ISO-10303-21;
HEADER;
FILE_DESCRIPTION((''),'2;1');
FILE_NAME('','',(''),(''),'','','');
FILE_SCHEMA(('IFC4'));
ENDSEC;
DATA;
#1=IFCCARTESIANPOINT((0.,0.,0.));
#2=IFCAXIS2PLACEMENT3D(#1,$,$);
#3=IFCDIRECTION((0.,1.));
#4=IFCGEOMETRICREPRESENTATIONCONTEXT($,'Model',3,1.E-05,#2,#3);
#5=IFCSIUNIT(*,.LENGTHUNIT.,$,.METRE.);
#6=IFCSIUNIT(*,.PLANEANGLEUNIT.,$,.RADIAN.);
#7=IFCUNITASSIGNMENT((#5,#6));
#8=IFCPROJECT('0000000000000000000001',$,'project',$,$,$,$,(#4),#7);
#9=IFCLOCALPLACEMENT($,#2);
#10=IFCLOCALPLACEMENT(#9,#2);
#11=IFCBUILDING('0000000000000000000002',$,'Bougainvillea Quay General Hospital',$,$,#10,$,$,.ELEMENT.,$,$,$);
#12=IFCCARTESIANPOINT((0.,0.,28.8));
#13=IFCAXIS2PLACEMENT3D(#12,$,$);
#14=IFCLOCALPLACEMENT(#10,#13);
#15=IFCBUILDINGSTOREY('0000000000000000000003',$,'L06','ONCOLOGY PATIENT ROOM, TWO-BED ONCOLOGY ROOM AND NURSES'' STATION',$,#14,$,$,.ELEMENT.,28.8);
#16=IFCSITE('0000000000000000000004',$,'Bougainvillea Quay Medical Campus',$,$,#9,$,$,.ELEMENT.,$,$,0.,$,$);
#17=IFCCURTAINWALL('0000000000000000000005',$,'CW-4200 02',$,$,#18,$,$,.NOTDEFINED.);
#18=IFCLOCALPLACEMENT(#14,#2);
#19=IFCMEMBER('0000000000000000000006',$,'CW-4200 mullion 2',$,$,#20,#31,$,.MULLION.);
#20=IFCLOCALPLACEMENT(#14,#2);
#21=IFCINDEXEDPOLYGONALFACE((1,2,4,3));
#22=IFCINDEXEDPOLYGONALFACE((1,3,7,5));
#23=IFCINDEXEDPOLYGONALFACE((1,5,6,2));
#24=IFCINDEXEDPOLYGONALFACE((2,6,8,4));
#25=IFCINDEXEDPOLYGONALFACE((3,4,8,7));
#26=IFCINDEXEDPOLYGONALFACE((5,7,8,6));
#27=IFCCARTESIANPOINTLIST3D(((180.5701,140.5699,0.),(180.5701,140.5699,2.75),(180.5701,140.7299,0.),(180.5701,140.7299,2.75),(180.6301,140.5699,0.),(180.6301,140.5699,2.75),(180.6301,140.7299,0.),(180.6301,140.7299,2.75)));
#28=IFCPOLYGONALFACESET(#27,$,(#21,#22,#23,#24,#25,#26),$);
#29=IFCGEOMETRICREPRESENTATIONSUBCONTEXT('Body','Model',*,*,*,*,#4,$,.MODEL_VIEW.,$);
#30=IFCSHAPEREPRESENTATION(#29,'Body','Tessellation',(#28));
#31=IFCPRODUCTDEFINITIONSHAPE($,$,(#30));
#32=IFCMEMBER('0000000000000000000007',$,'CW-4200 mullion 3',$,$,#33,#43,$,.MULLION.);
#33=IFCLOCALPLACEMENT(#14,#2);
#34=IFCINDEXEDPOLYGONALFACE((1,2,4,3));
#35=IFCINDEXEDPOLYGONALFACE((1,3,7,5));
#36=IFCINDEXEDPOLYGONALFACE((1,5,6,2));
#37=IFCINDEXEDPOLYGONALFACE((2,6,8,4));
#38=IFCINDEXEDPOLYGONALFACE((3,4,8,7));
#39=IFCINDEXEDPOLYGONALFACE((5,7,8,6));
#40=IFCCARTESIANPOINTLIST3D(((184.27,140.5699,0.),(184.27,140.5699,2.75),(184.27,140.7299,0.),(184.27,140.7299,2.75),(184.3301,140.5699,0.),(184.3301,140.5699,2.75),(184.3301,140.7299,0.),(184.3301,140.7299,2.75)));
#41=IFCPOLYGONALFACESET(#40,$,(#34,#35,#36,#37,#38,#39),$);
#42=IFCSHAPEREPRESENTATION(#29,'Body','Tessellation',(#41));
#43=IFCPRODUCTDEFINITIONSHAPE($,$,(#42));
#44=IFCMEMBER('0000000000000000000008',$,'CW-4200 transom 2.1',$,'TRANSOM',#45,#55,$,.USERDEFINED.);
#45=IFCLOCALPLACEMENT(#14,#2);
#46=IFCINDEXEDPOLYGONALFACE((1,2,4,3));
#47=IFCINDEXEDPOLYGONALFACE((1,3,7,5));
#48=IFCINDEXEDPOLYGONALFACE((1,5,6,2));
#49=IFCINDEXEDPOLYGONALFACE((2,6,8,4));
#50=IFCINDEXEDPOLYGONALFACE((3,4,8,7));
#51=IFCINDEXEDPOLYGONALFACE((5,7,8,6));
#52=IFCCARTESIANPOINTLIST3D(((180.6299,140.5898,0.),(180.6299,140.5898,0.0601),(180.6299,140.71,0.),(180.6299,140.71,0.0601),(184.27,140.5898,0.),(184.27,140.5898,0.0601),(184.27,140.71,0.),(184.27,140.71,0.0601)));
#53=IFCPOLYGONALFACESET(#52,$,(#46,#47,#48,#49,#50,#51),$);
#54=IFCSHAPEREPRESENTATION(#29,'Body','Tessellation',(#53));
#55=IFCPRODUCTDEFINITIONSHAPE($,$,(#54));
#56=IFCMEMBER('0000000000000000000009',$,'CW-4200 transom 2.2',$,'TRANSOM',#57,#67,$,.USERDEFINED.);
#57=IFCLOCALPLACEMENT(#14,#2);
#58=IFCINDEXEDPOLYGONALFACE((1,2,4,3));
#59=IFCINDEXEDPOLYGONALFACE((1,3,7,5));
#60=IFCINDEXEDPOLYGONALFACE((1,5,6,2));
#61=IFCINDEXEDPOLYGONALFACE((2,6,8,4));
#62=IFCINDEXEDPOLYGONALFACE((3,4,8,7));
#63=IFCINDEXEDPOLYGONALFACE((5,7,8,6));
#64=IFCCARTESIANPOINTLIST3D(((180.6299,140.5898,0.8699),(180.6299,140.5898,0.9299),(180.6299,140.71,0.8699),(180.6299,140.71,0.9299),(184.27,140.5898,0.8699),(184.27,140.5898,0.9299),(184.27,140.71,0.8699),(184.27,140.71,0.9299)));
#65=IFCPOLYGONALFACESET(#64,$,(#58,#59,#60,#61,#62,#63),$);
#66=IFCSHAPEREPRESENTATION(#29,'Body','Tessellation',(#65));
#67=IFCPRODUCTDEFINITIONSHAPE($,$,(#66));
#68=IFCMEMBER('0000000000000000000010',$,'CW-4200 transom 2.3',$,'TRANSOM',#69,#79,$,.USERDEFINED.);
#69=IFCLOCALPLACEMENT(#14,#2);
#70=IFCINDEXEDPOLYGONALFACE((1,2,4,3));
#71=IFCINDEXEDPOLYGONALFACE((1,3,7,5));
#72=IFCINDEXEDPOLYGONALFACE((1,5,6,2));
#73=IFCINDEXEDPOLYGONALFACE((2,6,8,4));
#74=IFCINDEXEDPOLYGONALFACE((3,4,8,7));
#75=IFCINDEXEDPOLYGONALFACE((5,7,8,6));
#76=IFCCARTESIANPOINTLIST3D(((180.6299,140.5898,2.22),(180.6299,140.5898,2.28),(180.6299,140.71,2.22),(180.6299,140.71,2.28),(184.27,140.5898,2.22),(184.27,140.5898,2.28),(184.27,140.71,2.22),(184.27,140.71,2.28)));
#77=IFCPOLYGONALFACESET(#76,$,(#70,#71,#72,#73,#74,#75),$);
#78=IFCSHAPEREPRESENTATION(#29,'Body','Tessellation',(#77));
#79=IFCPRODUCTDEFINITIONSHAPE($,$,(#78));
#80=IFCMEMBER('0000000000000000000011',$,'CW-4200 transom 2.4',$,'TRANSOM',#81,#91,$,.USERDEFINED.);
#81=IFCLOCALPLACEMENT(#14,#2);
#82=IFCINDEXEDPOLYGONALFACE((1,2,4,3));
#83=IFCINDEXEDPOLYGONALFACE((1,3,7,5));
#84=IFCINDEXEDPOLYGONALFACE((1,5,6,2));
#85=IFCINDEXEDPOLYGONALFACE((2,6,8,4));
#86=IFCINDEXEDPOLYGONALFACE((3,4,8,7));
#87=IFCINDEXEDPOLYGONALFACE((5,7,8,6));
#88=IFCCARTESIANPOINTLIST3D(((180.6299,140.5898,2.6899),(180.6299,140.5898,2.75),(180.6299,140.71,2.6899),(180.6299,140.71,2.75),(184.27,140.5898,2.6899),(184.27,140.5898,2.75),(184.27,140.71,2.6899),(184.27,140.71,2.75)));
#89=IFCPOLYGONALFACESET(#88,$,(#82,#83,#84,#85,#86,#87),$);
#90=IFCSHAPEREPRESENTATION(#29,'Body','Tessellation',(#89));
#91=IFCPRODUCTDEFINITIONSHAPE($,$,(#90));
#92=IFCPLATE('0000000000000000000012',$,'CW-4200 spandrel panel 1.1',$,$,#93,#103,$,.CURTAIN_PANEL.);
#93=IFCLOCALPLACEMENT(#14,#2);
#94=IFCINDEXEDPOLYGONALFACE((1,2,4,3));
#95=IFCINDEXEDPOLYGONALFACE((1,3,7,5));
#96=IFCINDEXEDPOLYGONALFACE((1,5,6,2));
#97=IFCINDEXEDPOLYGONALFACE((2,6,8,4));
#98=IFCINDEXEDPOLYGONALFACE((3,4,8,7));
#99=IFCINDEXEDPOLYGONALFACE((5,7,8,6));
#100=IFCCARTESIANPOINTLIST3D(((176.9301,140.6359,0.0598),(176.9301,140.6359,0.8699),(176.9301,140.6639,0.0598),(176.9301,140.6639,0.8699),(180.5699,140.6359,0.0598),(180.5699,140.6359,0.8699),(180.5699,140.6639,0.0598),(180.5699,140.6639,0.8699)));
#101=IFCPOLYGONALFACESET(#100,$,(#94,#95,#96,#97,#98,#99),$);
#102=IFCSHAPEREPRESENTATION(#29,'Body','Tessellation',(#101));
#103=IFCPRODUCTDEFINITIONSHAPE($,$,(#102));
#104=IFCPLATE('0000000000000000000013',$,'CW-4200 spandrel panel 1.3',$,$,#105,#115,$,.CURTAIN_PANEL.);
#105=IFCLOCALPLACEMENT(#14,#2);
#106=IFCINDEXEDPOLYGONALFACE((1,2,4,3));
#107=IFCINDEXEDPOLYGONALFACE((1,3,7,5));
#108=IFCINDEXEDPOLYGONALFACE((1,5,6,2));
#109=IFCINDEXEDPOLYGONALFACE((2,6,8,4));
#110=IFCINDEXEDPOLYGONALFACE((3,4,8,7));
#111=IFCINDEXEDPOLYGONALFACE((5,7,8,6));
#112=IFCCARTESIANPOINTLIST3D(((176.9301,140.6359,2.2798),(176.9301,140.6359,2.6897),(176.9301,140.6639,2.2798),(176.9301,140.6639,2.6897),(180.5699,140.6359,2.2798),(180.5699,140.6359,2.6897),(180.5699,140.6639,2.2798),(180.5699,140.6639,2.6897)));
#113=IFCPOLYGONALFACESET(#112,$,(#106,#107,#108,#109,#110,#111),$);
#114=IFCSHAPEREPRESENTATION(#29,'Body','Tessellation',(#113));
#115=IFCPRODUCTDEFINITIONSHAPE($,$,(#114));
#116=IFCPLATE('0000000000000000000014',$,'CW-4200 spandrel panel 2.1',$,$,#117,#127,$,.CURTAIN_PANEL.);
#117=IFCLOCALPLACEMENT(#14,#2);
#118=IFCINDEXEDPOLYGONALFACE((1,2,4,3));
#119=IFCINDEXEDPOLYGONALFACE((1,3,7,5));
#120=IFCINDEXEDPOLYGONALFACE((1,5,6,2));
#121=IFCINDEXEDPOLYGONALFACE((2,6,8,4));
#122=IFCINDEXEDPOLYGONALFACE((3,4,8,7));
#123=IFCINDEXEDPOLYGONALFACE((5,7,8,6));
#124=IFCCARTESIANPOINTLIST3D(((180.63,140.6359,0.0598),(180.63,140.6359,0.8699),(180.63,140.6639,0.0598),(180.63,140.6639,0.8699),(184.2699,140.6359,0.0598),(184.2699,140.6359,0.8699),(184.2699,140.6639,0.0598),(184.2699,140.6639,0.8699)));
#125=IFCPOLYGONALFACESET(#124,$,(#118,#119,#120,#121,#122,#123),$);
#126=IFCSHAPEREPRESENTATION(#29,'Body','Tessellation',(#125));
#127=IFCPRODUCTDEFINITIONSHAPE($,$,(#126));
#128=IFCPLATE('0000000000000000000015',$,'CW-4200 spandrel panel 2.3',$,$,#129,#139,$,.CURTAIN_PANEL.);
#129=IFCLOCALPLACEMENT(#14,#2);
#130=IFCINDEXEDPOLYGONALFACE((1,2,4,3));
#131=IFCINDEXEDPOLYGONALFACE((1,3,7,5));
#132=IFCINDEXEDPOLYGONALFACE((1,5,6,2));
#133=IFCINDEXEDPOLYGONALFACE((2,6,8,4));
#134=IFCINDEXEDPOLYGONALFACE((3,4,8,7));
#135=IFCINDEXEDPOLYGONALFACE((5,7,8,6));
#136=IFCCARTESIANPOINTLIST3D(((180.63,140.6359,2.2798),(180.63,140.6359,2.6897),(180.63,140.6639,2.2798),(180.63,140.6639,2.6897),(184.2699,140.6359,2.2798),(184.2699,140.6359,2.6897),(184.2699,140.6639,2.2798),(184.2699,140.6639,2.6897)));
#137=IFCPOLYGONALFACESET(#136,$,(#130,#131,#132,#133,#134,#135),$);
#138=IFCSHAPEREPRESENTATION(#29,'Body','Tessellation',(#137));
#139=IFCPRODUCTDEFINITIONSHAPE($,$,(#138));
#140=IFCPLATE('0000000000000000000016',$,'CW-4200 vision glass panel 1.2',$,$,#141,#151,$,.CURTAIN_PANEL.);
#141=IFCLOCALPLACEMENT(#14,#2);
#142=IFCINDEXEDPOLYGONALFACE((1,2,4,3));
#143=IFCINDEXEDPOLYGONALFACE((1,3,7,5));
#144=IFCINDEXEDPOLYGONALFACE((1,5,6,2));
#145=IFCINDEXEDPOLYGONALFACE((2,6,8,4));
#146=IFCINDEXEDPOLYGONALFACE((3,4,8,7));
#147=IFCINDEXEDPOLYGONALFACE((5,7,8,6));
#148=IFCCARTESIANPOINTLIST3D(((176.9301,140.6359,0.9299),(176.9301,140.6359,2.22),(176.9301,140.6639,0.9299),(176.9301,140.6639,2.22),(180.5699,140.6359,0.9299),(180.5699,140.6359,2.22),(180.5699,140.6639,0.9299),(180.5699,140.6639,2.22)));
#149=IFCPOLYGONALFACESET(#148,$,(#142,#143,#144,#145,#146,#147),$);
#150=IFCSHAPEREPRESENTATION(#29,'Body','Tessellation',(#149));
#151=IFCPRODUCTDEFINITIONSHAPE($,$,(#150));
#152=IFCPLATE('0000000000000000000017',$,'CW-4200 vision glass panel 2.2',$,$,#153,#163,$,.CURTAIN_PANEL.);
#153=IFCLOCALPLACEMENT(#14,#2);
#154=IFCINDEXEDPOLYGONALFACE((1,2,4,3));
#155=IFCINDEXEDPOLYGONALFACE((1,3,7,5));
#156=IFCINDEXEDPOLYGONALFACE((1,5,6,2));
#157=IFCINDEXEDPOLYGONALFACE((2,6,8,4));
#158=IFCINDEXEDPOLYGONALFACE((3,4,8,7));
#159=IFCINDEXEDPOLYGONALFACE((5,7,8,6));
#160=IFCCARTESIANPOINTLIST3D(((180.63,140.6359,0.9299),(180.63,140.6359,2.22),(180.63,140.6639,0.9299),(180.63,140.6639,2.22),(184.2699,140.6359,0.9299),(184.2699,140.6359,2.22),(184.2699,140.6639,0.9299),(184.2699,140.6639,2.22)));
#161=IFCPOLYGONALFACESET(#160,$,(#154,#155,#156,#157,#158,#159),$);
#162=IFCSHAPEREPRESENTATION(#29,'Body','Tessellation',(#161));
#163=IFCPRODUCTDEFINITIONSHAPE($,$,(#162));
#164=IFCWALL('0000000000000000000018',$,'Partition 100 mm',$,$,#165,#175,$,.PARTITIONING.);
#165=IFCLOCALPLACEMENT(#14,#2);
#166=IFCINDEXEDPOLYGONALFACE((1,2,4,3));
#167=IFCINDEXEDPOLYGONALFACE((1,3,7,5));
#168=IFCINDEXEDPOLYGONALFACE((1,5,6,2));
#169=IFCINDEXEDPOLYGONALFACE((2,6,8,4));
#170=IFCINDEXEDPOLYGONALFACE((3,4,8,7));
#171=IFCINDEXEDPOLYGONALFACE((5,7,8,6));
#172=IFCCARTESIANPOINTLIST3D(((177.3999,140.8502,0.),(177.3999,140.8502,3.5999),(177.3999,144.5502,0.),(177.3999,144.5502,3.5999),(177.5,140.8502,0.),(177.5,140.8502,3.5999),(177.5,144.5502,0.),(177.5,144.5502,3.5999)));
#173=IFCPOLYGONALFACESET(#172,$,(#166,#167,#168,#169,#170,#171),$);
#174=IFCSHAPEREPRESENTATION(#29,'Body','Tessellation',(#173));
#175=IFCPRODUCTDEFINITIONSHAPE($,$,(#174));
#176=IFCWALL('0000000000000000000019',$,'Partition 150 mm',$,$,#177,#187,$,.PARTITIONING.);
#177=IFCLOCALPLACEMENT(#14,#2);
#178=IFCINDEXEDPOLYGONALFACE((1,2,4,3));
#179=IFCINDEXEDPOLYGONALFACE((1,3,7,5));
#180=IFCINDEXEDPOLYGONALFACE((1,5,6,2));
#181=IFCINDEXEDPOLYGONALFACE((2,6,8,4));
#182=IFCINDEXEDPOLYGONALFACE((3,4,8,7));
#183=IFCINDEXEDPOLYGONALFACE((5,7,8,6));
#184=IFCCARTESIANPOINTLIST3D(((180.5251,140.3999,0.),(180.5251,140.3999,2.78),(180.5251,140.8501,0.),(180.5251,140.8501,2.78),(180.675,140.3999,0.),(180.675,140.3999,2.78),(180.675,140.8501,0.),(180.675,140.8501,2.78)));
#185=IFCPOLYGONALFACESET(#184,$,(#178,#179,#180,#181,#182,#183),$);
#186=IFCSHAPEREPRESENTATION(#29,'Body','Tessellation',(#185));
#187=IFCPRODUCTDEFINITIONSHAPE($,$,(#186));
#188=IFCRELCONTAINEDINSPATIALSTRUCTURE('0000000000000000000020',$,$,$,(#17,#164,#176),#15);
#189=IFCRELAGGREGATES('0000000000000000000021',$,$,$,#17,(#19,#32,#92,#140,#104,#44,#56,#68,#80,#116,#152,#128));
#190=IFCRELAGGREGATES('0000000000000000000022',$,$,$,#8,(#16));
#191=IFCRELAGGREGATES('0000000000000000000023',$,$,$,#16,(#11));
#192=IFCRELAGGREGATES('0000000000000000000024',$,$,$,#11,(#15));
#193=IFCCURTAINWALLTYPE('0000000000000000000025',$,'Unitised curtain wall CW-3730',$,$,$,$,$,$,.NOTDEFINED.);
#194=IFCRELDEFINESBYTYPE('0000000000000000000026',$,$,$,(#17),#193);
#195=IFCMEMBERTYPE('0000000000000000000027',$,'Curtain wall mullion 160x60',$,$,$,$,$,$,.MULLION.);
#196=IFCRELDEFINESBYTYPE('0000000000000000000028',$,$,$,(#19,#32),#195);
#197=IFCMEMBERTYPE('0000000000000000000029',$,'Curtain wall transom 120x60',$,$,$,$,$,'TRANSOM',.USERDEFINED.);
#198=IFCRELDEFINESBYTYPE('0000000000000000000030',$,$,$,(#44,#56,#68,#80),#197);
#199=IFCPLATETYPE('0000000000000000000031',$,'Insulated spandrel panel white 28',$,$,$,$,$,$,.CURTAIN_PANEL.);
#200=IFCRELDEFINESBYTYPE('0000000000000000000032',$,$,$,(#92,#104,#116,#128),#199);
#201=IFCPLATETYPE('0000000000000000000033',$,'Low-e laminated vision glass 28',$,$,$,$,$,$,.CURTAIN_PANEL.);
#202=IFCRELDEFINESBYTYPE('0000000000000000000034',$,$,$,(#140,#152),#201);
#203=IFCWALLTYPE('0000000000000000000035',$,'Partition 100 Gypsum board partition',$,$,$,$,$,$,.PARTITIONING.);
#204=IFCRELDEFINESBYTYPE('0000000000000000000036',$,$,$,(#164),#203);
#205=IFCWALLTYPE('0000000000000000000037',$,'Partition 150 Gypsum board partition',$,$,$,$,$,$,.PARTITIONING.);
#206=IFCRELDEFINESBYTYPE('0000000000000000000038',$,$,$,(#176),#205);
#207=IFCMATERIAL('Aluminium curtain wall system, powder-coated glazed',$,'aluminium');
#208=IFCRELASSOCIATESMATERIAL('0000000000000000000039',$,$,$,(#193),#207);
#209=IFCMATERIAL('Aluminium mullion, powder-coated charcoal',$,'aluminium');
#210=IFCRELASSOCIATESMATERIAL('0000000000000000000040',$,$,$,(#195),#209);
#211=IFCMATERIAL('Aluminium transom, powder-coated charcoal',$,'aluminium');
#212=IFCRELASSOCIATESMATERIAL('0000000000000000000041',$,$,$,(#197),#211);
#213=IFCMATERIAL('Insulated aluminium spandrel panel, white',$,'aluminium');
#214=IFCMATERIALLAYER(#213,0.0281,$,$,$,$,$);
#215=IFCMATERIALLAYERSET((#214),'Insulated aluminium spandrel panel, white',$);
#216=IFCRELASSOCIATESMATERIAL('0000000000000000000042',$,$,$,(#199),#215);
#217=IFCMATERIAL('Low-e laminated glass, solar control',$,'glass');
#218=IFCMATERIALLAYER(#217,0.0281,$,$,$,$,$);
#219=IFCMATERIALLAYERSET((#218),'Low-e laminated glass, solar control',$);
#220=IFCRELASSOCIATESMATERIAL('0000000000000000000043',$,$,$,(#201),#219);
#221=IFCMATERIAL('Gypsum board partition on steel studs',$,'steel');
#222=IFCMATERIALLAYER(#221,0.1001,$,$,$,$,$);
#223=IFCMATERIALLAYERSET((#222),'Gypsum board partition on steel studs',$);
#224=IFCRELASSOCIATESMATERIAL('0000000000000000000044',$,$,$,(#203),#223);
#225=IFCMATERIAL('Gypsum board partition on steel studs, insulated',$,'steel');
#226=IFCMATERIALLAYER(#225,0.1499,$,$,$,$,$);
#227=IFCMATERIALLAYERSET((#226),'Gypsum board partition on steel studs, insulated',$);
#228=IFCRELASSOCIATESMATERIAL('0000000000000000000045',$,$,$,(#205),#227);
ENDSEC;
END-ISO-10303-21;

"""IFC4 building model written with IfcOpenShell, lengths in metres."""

from ifc_helpers import new_model, si_unit, direction, frame, frame_2d, origin, origin_2d, place, context, subcontext, project, spatial, rectangle, extrude, material, layer, layer_set, material_profile, profile_set, type_object, element, aggregate, save


model = new_model("IFC4")

# Units and contexts
model_context = context("Model", 3, precision=1e-05, world=origin(), true_north=direction((0.0, 1.0)))
body_context = subcontext(model_context, "Body", "Model", "MODEL_VIEW")
ifc_project = project(units=[si_unit("LENGTHUNIT", "METRE"), si_unit("PLANEANGLEUNIT", "RADIAN")], contexts=[model_context])

# Site, building, storey
site_placement = place(None, origin())
site = spatial("IfcSite", under=ifc_project, at=site_placement, Name="Bougainvillea Quay Medical Campus", CompositionType="ELEMENT", RefElevation=0.0)
building_placement = place(site_placement, origin())
building = spatial("IfcBuilding", under=site, at=building_placement, Name="Bougainvillea Quay General Hospital", CompositionType="ELEMENT")
storey_placement = place(building_placement, frame((0.0, 0.0, 28.8)))
storey = spatial("IfcBuildingStorey", under=building, at=storey_placement, Name="L06", Description="ONCOLOGY PATIENT ROOM, TWO-BED ONCOLOGY ROOM AND NURSES' STATION", CompositionType="ELEMENT", Elevation=28.8)

# Curtain wall, members, plates
ifc_material_1 = material(Name="Aluminium curtain wall system, powder-coated glazed", Category="aluminium")
curtain_wall_type = type_object("IfcCurtainWallType", Name="Unitised curtain wall CW-3730", PredefinedType="NOTDEFINED", material=ifc_material_1)
curtain_wall_placement = place(storey_placement, origin())
curtain_wall = element("IfcCurtainWall", 1, at=curtain_wall_placement, inside=storey, type_object=curtain_wall_type, Name="CW-4200 02", PredefinedType="NOTDEFINED")
ifc_material_2 = material(Name="Aluminium mullion, powder-coated charcoal", Category="aluminium")
ifc_material_profile_1 = material_profile(ifc_material_2, rectangle(XDim=0.1599, YDim=0.0601, at=origin_2d()))
ifc_profile_set_1 = profile_set([ifc_material_profile_1], Name="Aluminium mullion, powder-coated charcoal")
member_type_1 = type_object("IfcMemberType", Name="Curtain wall mullion 160x60", PredefinedType="MULLION", material=ifc_profile_set_1)
member_1_placement = place(storey_placement, frame((180.6001, 140.6499, 0.0), z_axis=(0.0, 0.0, 1.0), x_axis=(0.0, 1.0, 0.0)))
member_1 = element("IfcMember", 2, at=member_1_placement, type_object=member_type_1, Name="CW-4200 mullion 2", PredefinedType="MULLION", context=body_context, shape_type="SweptSolid", body=[
    extrude(rectangle(XDim=0.1599, YDim=0.0601, at=origin_2d()), origin(), (0.0, 0.0, 1.0), 2.75),
])
member_2_placement = place(storey_placement, frame((184.3, 140.6499, 0.0), z_axis=(0.0, 0.0, 1.0), x_axis=(0.0, 1.0, 0.0)))
member_2 = element("IfcMember", 3, at=member_2_placement, type_object=member_type_1, Name="CW-4200 mullion 3", PredefinedType="MULLION", context=body_context, shape_type="SweptSolid", body=[
    extrude(rectangle(XDim=0.1599, YDim=0.0601, at=origin_2d()), origin(), (0.0, 0.0, 1.0), 2.75),
])
ifc_material_3 = material(Name="Aluminium transom, powder-coated charcoal", Category="aluminium")
ifc_material_profile_2 = material_profile(ifc_material_3, rectangle(XDim=0.1201, YDim=0.0601, at=origin_2d()))
ifc_profile_set_2 = profile_set([ifc_material_profile_2], Name="Aluminium transom, powder-coated charcoal")
member_type_2 = type_object("IfcMemberType", Name="Curtain wall transom 120x60", ElementType="TRANSOM", PredefinedType="USERDEFINED", material=ifc_profile_set_2)
member_3_placement = place(storey_placement, frame((180.6299, 140.6499, 0.03), z_axis=(1.0, 0.0, 0.0), x_axis=(0.0, 1.0, 0.0)))
member_3 = element("IfcMember", 4, at=member_3_placement, type_object=member_type_2, Name="CW-4200 transom 2.1", ObjectType="TRANSOM", PredefinedType="USERDEFINED", context=body_context, shape_type="SweptSolid", body=[
    extrude(rectangle(XDim=0.1201, YDim=0.0601, at=origin_2d()), origin(), (0.0, 0.0, 1.0), 3.6401),
])
member_4_placement = place(storey_placement, frame((180.6299, 140.6499, 0.8999), z_axis=(1.0, 0.0, 0.0), x_axis=(0.0, 1.0, 0.0)))
member_4 = element("IfcMember", 5, at=member_4_placement, type_object=member_type_2, Name="CW-4200 transom 2.2", ObjectType="TRANSOM", PredefinedType="USERDEFINED", context=body_context, shape_type="SweptSolid", body=[
    extrude(rectangle(XDim=0.1201, YDim=0.0601, at=origin_2d()), origin(), (0.0, 0.0, 1.0), 3.6401),
])
member_5_placement = place(storey_placement, frame((180.6299, 140.6499, 2.25), z_axis=(1.0, 0.0, 0.0), x_axis=(0.0, 1.0, 0.0)))
member_5 = element("IfcMember", 6, at=member_5_placement, type_object=member_type_2, Name="CW-4200 transom 2.3", ObjectType="TRANSOM", PredefinedType="USERDEFINED", context=body_context, shape_type="SweptSolid", body=[
    extrude(rectangle(XDim=0.1201, YDim=0.0601, at=origin_2d()), origin(), (0.0, 0.0, 1.0), 3.6401),
])
member_6_placement = place(storey_placement, frame((180.6299, 140.6499, 2.72), z_axis=(1.0, 0.0, 0.0), x_axis=(0.0, 1.0, 0.0)))
member_6 = element("IfcMember", 7, at=member_6_placement, type_object=member_type_2, Name="CW-4200 transom 2.4", ObjectType="TRANSOM", PredefinedType="USERDEFINED", context=body_context, shape_type="SweptSolid", body=[
    extrude(rectangle(XDim=0.1201, YDim=0.0601, at=origin_2d()), origin(), (0.0, 0.0, 1.0), 3.6401),
])
ifc_material_4 = material(Name="Insulated aluminium spandrel panel, white", Category="aluminium")
ifc_layer_1 = layer(ifc_material_4, 0.0281)
ifc_layer_set_1 = layer_set([ifc_layer_1], Name="Insulated aluminium spandrel panel, white")
plate_type_1 = type_object("IfcPlateType", Name="Insulated spandrel panel white 28", PredefinedType="CURTAIN_PANEL", material=ifc_layer_set_1)
plate_1_placement = place(storey_placement, frame((178.75, 140.6499, 0.0598), z_axis=(0.0, 0.0, 1.0), x_axis=(1.0, 0.0, 0.0)))
plate_1 = element("IfcPlate", 8, at=plate_1_placement, type_object=plate_type_1, Name="CW-4200 spandrel panel 1.1", PredefinedType="CURTAIN_PANEL", context=body_context, shape_type="SweptSolid", body=[
    extrude(rectangle(XDim=3.6399, YDim=0.0281, at=origin_2d()), origin(), (0.0, 0.0, 1.0), 0.8101),
])
plate_2_placement = place(storey_placement, frame((178.75, 140.6499, 2.2798), z_axis=(0.0, 0.0, 1.0), x_axis=(1.0, 0.0, 0.0)))
plate_2 = element("IfcPlate", 9, at=plate_2_placement, type_object=plate_type_1, Name="CW-4200 spandrel panel 1.3", PredefinedType="CURTAIN_PANEL", context=body_context, shape_type="SweptSolid", body=[
    extrude(rectangle(XDim=3.6399, YDim=0.0281, at=origin_2d()), origin(), (0.0, 0.0, 1.0), 0.4099),
])
plate_3_placement = place(storey_placement, frame((182.45, 140.6499, 0.0598), z_axis=(0.0, 0.0, 1.0), x_axis=(1.0, 0.0, 0.0)))
plate_3 = element("IfcPlate", 10, at=plate_3_placement, type_object=plate_type_1, Name="CW-4200 spandrel panel 2.1", PredefinedType="CURTAIN_PANEL", context=body_context, shape_type="SweptSolid", body=[
    extrude(rectangle(XDim=3.6399, YDim=0.0281, at=origin_2d()), origin(), (0.0, 0.0, 1.0), 0.8101),
])
plate_4_placement = place(storey_placement, frame((182.45, 140.6499, 2.2798), z_axis=(0.0, 0.0, 1.0), x_axis=(1.0, 0.0, 0.0)))
plate_4 = element("IfcPlate", 11, at=plate_4_placement, type_object=plate_type_1, Name="CW-4200 spandrel panel 2.3", PredefinedType="CURTAIN_PANEL", context=body_context, shape_type="SweptSolid", body=[
    extrude(rectangle(XDim=3.6399, YDim=0.0281, at=origin_2d()), origin(), (0.0, 0.0, 1.0), 0.4099),
])
ifc_material_5 = material(Name="Low-e laminated glass, solar control", Category="glass")
ifc_layer_2 = layer(ifc_material_5, 0.0281)
ifc_layer_set_2 = layer_set([ifc_layer_2], Name="Low-e laminated glass, solar control")
plate_type_2 = type_object("IfcPlateType", Name="Low-e laminated vision glass 28", PredefinedType="CURTAIN_PANEL", material=ifc_layer_set_2)
plate_5_placement = place(storey_placement, frame((178.75, 140.6499, 0.9299), z_axis=(0.0, 0.0, 1.0), x_axis=(1.0, 0.0, 0.0)))
plate_5 = element("IfcPlate", 12, at=plate_5_placement, type_object=plate_type_2, Name="CW-4200 vision glass panel 1.2", PredefinedType="CURTAIN_PANEL", context=body_context, shape_type="SweptSolid", body=[
    extrude(rectangle(XDim=3.6399, YDim=0.0281, at=origin_2d()), origin(), (0.0, 0.0, 1.0), 1.29),
])
plate_6_placement = place(storey_placement, frame((182.45, 140.6499, 0.9299), z_axis=(0.0, 0.0, 1.0), x_axis=(1.0, 0.0, 0.0)))
plate_6 = element("IfcPlate", 13, at=plate_6_placement, type_object=plate_type_2, Name="CW-4200 vision glass panel 2.2", PredefinedType="CURTAIN_PANEL", context=body_context, shape_type="SweptSolid", body=[
    extrude(rectangle(XDim=3.6399, YDim=0.0281, at=origin_2d()), origin(), (0.0, 0.0, 1.0), 1.29),
])
aggregate(curtain_wall, [member_1, member_2, plate_1, plate_5, plate_2, member_3, member_4, member_5, member_6, plate_3, plate_6, plate_4])

# Walls
ifc_material_6 = material(Name="Gypsum board partition on steel studs", Category="steel")
ifc_layer_3 = layer(ifc_material_6, 0.1001)
ifc_layer_set_3 = layer_set([ifc_layer_3], Name="Gypsum board partition on steel studs")
wall_type_1 = type_object("IfcWallType", Name="Partition 100 Gypsum board partition", PredefinedType="PARTITIONING", material=ifc_layer_set_3)
wall_1_placement = place(storey_placement, frame((177.45, 140.8501, 0.0), z_axis=(0.0, 0.0, 1.0), x_axis=(0.0, 1.0, 0.0)))
element("IfcWall", 14, at=wall_1_placement, inside=storey, type_object=wall_type_1, Name="Partition 100 mm", PredefinedType="PARTITIONING", context=body_context, shape_type="SweptSolid", body=[
    extrude(rectangle(XDim=3.7, YDim=0.1001, at=frame_2d((1.8501, 0.0))), origin(), (0.0, 0.0, 1.0), 3.5999),
])
ifc_material_7 = material(Name="Gypsum board partition on steel studs, insulated", Category="steel")
ifc_layer_4 = layer(ifc_material_7, 0.1499)
ifc_layer_set_4 = layer_set([ifc_layer_4], Name="Gypsum board partition on steel studs, insulated")
wall_type_2 = type_object("IfcWallType", Name="Partition 150 Gypsum board partition", PredefinedType="PARTITIONING", material=ifc_layer_set_4)
wall_2_placement = place(storey_placement, frame((180.6001, 140.3999, 0.0), z_axis=(0.0, 0.0, 1.0), x_axis=(0.0, 1.0, 0.0)))
element("IfcWall", 15, at=wall_2_placement, inside=storey, type_object=wall_type_2, Name="Partition 150 mm", PredefinedType="PARTITIONING", context=body_context, shape_type="SweptSolid", body=[
    extrude(rectangle(XDim=0.4502, YDim=0.1499, at=frame_2d((0.2251, 0.0))), origin(), (0.0, 0.0, 1.0), 2.78),
])

save(model, "model.ifc")
